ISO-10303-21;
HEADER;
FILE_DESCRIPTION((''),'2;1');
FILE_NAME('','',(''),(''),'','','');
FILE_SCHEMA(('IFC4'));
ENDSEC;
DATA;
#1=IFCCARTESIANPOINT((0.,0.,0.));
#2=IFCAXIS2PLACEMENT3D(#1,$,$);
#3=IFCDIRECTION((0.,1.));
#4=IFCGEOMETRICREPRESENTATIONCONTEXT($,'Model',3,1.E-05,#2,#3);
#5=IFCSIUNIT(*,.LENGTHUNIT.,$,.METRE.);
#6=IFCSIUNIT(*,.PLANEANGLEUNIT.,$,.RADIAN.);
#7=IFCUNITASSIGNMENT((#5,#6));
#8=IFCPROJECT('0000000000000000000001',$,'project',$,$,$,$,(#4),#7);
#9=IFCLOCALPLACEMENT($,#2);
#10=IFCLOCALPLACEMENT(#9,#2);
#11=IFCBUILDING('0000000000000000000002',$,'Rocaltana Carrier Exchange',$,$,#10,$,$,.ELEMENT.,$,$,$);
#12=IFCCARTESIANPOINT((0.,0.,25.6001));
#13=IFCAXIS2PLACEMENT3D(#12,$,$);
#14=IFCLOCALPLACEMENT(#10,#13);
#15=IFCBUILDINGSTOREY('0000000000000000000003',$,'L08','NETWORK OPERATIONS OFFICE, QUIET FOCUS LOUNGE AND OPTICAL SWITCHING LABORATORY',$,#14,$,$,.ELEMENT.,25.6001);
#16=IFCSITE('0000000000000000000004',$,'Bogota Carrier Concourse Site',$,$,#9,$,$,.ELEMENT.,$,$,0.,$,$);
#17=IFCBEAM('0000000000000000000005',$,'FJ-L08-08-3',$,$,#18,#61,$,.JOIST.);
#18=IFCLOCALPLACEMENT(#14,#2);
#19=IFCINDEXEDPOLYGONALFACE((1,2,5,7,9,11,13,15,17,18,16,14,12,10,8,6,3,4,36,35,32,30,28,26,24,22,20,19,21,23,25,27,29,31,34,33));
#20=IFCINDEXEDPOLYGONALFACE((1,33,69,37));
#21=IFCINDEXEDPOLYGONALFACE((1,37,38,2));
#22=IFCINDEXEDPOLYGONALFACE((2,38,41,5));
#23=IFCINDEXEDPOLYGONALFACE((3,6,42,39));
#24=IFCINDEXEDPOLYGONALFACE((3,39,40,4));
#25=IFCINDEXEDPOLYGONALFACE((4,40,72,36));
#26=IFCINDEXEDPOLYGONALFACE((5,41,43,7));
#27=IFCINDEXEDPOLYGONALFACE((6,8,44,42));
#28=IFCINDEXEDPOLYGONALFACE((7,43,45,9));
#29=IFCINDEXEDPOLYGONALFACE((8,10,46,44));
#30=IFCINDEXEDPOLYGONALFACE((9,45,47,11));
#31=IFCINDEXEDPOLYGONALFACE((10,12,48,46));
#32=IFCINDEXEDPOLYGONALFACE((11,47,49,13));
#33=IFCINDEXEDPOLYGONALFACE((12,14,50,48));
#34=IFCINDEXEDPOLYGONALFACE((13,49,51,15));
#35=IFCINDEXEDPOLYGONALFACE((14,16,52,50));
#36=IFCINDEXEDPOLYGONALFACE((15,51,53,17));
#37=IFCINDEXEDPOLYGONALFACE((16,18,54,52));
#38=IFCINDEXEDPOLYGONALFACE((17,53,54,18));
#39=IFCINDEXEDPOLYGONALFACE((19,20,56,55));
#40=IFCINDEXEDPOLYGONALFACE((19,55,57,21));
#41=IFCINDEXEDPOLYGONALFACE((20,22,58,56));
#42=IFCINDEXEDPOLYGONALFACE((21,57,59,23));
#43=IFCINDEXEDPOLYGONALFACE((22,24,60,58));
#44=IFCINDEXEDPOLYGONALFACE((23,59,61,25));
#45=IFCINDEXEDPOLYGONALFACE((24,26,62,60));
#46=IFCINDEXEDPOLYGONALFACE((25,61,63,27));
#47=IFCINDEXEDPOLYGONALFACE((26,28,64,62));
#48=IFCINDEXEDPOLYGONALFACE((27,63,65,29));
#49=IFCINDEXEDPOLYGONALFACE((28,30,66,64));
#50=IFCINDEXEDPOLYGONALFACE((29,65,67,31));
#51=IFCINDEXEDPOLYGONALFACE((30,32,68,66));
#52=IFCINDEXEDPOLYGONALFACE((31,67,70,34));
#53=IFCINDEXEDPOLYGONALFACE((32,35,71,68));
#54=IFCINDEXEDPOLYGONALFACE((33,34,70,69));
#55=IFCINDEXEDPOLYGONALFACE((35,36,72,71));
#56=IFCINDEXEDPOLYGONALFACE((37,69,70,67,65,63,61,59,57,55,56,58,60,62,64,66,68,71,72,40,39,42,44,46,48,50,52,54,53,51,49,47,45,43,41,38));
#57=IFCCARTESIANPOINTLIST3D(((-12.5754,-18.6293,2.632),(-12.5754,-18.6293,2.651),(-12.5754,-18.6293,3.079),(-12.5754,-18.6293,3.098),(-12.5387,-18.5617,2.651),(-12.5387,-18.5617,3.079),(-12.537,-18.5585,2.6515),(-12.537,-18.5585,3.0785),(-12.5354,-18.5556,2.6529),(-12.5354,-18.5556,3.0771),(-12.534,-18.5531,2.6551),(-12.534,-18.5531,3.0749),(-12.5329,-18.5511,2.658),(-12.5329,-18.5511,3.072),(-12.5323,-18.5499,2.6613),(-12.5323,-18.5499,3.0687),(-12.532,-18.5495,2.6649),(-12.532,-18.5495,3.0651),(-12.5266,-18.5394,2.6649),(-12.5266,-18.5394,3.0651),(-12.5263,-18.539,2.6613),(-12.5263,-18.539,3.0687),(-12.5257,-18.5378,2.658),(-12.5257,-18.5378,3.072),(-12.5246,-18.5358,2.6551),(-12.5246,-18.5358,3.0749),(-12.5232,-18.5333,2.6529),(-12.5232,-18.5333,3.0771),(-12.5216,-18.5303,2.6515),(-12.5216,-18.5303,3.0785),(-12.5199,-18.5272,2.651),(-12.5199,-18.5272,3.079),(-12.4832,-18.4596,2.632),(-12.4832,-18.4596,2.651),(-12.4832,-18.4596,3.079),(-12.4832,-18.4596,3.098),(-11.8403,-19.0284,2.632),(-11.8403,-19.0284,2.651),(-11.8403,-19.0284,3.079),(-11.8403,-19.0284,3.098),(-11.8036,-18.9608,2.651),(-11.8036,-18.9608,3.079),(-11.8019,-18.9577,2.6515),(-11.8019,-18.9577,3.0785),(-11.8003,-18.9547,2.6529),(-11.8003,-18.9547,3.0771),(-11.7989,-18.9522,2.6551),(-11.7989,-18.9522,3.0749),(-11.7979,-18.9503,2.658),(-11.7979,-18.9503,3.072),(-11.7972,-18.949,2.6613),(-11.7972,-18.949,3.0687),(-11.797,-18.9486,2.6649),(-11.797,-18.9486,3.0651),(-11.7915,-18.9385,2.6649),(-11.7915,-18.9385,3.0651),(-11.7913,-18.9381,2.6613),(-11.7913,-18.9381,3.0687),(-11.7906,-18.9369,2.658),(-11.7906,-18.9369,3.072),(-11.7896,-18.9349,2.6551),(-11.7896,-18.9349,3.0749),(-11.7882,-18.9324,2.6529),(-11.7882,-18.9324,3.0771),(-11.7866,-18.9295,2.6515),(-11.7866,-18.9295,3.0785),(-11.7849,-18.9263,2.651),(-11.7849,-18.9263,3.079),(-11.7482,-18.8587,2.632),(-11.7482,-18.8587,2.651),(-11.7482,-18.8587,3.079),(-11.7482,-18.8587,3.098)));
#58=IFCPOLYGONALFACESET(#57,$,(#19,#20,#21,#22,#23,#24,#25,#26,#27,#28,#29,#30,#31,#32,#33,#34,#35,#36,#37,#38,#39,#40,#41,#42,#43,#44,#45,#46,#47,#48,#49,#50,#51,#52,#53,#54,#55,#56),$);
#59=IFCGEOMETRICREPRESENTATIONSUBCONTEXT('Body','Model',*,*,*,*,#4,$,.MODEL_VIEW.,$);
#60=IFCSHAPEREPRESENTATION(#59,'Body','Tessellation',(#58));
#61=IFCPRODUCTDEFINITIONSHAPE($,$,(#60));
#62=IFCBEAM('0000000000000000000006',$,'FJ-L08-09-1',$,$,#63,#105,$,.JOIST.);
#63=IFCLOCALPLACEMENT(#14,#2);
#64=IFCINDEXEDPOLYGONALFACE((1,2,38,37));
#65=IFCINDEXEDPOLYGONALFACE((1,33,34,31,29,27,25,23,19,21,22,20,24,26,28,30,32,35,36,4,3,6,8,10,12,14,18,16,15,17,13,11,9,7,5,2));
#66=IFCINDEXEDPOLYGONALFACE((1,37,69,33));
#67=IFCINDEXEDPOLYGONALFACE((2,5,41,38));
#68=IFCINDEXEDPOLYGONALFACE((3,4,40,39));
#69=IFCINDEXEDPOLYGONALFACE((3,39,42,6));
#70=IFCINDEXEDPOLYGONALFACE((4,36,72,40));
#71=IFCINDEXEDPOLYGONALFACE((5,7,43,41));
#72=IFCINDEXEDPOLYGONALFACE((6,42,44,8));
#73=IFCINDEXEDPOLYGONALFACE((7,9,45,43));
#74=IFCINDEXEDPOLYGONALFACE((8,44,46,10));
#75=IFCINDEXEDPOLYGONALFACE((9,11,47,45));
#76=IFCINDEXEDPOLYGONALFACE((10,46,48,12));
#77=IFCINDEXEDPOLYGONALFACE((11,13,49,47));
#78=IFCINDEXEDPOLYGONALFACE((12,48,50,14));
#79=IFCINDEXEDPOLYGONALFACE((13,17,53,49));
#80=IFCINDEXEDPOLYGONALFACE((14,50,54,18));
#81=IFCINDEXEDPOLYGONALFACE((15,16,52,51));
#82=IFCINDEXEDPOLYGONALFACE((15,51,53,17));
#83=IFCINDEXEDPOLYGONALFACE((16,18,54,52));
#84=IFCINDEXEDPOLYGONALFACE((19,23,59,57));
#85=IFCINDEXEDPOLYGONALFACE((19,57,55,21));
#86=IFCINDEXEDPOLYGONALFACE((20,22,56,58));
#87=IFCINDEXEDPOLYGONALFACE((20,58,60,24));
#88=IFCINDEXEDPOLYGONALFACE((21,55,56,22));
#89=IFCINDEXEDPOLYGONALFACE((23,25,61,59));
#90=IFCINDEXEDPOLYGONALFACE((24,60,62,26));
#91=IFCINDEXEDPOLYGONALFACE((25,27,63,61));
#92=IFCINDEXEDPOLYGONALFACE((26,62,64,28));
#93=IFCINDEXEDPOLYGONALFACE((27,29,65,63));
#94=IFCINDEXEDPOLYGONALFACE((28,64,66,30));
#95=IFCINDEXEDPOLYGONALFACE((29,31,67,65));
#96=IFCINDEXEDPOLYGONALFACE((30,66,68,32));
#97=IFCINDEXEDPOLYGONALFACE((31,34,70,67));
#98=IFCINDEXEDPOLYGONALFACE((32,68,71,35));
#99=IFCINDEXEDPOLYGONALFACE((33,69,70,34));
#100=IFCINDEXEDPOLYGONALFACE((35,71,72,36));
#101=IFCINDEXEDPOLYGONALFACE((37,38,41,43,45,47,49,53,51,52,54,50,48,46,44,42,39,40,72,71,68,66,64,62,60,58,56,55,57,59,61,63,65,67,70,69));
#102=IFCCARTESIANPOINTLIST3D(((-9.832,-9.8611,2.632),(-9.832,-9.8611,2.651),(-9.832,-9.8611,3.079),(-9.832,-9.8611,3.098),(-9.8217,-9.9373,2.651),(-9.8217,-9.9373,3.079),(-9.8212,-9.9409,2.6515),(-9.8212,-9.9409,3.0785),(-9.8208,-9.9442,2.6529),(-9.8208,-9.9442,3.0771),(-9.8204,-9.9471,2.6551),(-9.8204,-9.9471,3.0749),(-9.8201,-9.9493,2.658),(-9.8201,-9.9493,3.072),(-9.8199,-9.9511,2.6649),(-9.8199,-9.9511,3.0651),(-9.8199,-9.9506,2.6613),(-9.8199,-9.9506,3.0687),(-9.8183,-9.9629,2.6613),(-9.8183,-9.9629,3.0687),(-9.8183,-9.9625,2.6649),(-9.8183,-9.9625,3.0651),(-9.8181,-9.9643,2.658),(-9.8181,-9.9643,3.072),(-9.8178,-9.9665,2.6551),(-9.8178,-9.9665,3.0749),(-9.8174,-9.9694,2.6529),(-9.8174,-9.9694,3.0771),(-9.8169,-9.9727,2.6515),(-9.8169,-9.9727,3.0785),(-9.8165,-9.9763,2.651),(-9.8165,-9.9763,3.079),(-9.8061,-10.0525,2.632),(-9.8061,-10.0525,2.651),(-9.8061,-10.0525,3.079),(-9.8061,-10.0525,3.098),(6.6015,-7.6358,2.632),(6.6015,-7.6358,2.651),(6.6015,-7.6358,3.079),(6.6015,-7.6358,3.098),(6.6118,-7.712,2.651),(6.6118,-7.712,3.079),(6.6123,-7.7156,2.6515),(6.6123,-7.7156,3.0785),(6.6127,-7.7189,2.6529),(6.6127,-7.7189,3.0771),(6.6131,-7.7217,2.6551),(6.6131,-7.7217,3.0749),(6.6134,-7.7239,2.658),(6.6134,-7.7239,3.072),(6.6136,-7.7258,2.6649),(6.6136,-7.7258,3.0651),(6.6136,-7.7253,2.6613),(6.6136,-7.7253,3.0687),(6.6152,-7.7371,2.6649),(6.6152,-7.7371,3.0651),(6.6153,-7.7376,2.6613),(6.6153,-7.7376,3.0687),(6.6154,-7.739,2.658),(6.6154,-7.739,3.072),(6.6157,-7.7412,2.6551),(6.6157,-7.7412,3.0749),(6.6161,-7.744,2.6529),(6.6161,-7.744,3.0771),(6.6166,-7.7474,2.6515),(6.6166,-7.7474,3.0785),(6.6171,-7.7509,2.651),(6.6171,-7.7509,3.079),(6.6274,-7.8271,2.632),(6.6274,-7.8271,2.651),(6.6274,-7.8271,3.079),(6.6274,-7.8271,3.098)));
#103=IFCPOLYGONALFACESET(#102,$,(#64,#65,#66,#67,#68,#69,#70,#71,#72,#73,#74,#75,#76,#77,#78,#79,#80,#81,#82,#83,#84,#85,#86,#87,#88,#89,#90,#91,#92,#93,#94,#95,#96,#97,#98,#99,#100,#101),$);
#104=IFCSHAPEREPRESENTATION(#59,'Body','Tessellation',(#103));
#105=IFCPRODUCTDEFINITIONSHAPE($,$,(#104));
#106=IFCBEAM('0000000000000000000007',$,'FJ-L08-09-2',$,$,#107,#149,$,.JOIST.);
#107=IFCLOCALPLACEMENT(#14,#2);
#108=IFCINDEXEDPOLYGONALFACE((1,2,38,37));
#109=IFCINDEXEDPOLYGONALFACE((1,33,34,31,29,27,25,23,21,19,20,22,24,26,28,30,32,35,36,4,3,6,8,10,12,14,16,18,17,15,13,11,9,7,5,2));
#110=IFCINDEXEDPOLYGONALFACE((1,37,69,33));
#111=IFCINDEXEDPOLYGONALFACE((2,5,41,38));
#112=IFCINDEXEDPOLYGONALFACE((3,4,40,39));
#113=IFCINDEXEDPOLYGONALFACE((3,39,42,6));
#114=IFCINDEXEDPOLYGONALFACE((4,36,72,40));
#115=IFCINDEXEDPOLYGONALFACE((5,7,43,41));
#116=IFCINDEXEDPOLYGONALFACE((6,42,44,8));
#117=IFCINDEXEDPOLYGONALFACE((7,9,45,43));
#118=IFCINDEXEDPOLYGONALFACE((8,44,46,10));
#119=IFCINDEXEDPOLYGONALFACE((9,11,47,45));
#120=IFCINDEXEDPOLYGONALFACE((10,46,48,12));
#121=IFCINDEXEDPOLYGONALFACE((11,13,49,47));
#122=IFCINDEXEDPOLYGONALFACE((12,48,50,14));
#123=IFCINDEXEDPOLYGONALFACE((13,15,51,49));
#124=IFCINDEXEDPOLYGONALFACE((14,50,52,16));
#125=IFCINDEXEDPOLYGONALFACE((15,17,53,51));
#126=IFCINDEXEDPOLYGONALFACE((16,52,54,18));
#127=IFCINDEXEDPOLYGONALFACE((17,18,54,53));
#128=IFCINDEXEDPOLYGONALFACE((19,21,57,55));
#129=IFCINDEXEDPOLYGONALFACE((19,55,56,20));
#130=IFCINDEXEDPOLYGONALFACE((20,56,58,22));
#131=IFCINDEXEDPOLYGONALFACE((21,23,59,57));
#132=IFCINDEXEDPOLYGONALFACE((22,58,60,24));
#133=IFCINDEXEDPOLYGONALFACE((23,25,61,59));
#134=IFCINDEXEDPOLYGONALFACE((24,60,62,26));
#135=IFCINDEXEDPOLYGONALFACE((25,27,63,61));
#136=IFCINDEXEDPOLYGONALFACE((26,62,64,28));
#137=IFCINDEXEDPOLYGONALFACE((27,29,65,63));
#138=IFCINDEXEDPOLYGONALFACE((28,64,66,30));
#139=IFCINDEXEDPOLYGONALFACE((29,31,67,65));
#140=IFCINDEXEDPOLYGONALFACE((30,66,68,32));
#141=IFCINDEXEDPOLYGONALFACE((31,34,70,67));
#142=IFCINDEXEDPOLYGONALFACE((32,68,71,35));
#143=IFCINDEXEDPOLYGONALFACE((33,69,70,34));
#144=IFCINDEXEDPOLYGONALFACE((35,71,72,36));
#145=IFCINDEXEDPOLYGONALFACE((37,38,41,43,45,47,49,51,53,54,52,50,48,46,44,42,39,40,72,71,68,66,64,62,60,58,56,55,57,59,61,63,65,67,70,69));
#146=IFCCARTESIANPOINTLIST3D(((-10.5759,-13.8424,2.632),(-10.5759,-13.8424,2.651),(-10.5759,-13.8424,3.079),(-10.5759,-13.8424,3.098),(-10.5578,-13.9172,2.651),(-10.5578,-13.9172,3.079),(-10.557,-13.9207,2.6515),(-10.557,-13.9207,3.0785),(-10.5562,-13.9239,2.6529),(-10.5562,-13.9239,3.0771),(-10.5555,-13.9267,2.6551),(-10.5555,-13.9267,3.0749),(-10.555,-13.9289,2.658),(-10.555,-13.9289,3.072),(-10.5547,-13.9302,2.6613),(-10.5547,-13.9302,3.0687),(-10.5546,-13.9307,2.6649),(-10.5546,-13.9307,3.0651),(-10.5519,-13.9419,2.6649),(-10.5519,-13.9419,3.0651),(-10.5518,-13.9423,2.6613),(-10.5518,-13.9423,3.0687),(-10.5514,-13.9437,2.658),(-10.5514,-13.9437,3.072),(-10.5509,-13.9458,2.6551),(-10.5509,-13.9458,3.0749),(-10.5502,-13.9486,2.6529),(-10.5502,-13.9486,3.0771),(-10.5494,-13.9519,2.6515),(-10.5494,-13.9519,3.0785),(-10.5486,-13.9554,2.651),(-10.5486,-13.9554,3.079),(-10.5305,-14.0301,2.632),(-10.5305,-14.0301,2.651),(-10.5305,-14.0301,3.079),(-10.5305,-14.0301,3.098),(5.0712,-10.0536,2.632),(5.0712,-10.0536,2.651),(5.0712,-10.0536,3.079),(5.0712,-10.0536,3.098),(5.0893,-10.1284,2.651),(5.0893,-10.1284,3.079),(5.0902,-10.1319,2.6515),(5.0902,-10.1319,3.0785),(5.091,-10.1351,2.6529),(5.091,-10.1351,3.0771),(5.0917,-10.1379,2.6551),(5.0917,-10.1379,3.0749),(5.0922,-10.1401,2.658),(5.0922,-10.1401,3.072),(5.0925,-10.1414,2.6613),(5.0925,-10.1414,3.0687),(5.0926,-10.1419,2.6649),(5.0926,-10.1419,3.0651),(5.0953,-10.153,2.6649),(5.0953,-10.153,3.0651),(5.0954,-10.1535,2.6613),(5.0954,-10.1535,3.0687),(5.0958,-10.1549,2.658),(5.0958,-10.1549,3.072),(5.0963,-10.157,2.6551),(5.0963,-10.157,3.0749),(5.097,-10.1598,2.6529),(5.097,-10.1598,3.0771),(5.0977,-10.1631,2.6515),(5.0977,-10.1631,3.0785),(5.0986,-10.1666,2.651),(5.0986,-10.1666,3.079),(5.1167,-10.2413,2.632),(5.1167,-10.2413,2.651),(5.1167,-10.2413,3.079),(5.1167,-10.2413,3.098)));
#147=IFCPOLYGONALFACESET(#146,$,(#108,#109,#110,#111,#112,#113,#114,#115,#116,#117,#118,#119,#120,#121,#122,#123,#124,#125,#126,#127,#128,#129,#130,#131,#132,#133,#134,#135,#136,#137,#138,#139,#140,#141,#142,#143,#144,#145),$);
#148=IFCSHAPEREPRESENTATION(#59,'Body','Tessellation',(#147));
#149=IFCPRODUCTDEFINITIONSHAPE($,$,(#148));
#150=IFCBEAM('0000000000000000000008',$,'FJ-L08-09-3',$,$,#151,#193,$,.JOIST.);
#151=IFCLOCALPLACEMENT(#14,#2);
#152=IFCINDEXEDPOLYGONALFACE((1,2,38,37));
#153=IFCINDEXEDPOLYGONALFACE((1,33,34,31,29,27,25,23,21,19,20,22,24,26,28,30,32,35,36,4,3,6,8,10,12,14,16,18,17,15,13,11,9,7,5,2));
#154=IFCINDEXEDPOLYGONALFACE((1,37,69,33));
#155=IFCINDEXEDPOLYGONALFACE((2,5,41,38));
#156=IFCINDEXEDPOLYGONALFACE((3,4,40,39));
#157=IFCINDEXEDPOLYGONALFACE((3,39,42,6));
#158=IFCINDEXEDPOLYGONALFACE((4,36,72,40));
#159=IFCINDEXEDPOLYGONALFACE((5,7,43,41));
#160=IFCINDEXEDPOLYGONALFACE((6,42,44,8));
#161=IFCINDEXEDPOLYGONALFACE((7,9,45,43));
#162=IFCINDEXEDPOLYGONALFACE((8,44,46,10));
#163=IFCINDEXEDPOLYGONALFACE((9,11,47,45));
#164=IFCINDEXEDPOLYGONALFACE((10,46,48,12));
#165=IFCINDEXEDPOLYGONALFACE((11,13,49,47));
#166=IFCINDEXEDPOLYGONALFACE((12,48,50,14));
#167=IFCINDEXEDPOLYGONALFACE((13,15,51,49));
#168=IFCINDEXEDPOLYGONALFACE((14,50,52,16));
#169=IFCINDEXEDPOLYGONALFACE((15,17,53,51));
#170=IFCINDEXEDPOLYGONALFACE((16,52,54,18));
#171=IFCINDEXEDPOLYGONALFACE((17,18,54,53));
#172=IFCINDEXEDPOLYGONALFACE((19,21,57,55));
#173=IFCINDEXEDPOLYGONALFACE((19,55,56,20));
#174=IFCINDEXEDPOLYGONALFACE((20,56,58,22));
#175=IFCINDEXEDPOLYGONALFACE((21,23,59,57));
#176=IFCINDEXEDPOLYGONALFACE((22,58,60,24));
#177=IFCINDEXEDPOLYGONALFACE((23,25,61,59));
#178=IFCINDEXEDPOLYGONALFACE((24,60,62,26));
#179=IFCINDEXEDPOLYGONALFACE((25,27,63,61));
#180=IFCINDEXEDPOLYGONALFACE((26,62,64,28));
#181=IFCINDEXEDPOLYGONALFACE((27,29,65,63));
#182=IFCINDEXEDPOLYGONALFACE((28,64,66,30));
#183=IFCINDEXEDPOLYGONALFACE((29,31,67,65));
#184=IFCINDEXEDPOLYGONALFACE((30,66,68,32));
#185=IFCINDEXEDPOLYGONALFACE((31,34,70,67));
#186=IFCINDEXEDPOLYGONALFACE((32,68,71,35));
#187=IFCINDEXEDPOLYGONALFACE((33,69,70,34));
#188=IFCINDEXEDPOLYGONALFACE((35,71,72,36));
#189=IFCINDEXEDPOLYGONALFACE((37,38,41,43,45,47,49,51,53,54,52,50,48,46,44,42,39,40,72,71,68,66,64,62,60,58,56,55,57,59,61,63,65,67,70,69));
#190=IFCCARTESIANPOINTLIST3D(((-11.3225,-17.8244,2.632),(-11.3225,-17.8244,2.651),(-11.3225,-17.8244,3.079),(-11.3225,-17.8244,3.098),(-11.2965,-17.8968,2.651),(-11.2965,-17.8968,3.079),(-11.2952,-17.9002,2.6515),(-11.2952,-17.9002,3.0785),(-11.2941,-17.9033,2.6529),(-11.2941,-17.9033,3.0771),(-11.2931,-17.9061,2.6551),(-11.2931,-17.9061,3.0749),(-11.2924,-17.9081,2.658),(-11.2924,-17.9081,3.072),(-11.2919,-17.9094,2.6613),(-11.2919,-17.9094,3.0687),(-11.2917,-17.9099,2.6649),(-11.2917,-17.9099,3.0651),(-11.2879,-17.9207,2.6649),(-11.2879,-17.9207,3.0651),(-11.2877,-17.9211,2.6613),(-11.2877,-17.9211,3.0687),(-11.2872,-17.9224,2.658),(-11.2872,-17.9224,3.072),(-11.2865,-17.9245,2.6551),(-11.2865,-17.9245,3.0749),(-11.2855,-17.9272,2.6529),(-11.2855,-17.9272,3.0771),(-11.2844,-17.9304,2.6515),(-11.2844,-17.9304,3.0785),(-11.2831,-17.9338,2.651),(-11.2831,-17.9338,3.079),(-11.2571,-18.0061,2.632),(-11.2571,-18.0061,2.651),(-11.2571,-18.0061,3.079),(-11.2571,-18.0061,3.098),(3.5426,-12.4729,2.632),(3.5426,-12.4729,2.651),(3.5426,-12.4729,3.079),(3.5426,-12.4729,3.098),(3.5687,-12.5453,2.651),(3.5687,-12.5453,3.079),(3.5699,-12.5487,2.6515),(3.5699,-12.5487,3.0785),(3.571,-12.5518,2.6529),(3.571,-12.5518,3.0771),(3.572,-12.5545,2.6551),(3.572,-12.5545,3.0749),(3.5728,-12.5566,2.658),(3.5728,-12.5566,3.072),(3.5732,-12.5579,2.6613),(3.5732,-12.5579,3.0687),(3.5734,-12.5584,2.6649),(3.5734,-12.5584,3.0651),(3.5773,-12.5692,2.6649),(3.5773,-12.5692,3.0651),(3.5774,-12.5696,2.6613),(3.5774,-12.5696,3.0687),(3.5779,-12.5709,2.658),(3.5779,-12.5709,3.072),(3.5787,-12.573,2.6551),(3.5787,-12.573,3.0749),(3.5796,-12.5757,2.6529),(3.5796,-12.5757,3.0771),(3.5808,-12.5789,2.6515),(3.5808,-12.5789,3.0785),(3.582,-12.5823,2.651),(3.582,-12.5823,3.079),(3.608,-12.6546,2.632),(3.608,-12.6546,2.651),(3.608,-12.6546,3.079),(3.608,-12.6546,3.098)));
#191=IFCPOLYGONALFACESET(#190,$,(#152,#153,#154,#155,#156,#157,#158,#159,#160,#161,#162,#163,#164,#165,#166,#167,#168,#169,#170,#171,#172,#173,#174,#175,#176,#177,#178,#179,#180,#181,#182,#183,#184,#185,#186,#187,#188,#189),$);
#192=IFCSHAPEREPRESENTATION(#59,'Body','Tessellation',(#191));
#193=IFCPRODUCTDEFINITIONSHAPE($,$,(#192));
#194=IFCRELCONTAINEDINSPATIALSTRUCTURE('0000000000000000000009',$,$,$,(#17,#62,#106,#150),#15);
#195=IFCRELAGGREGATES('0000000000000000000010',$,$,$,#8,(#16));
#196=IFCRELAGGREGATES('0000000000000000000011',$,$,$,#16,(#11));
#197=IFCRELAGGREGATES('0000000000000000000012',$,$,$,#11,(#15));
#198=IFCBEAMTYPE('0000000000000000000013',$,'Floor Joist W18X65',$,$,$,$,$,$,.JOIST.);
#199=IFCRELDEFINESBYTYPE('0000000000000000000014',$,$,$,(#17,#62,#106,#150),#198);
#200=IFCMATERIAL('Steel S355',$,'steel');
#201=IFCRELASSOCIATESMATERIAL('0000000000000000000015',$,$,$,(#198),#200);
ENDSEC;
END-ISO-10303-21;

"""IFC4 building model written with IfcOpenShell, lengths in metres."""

from ifc_helpers import new_model, si_unit, direction, frame, origin, origin_2d, place, context, subcontext, project, spatial, i_section, extrude, material, material_profile, profile_set, type_object, element, save


model = new_model("IFC4")

# Units and contexts
model_context = context("Model", 3, precision=1e-05, world=origin(), true_north=direction((0.0, 1.0)))
body_context = subcontext(model_context, "Body", "Model", "MODEL_VIEW")
ifc_project = project(units=[si_unit("LENGTHUNIT", "METRE"), si_unit("PLANEANGLEUNIT", "RADIAN")], contexts=[model_context])

# Site, building, storey
site_placement = place(None, origin())
site = spatial("IfcSite", under=ifc_project, at=site_placement, Name="Bogota Carrier Concourse Site", CompositionType="ELEMENT", RefElevation=0.0)
building_placement = place(site_placement, origin())
building = spatial("IfcBuilding", under=site, at=building_placement, Name="Rocaltana Carrier Exchange", CompositionType="ELEMENT")
storey_placement = place(building_placement, frame((0.0, 0.0, 25.6001)))
storey = spatial("IfcBuildingStorey", under=building, at=storey_placement, Name="L08", Description="NETWORK OPERATIONS OFFICE, QUIET FOCUS LOUNGE AND OPTICAL SWITCHING LABORATORY", CompositionType="ELEMENT", Elevation=25.6001)

# Beams
ifc_material_1 = material(Name="Steel S355", Category="steel")
ifc_material_profile_1 = material_profile(ifc_material_1, i_section(OverallWidth=0.1931, OverallDepth=0.4661, WebThickness=0.0115, FlangeThickness=0.019, FilletRadius=0.0139, at=origin_2d()), Name="W18X65")
ifc_profile_set_1 = profile_set([ifc_material_profile_1], Name="Steel S355")
beam_type_1 = type_object("IfcBeamType", Name="Floor Joist W18X65", PredefinedType="JOIST", material=ifc_profile_set_1)
beam_1_placement = place(storey_placement, frame((-12.5293, -18.5444, 2.865), z_axis=(0.878797, -0.477195, 0.0), x_axis=(0.477195, 0.878797, 0.0)))
element("IfcBeam", 1, at=beam_1_placement, inside=storey, type_object=beam_type_1, Name="FJ-L08-08-3", PredefinedType="JOIST", context=body_context, shape_type="SweptSolid", body=[
    extrude(i_section(OverallWidth=0.1931, OverallDepth=0.4661, WebThickness=0.0115, FlangeThickness=0.019, FilletRadius=0.0139, at=origin_2d()), origin(), (0.0, 0.0, 1.0), 0.8364),
])
beam_2_placement = place(storey_placement, frame((-9.8191, -9.9568, 2.865), z_axis=(0.990956, 0.134189, 0.0), x_axis=(-0.134189, 0.990956, 0.0)))
element("IfcBeam", 2, at=beam_2_placement, inside=storey, type_object=beam_type_1, Name="FJ-L08-09-1", PredefinedType="JOIST", context=body_context, shape_type="SweptSolid", body=[
    extrude(i_section(OverallWidth=0.1931, OverallDepth=0.4661, WebThickness=0.0115, FlangeThickness=0.019, FilletRadius=0.0139, at=origin_2d()), origin(), (0.0, 0.0, 1.0), 16.5835),
])
beam_3_placement = place(storey_placement, frame((-10.5532, -13.9363, 2.865), z_axis=(0.971913, 0.235339, 0.0), x_axis=(-0.235339, 0.971913, 0.0)))
element("IfcBeam", 3, at=beam_3_placement, inside=storey, type_object=beam_type_1, Name="FJ-L08-09-2", PredefinedType="JOIST", context=body_context, shape_type="SweptSolid", body=[
    extrude(i_section(OverallWidth=0.1931, OverallDepth=0.4661, WebThickness=0.0115, FlangeThickness=0.019, FilletRadius=0.0139, at=origin_2d()), origin(), (0.0, 0.0, 1.0), 16.0994),
])
beam_4_placement = place(storey_placement, frame((-11.2898, -17.9153, 2.865), z_axis=(0.940886, 0.338724, 0.0), x_axis=(-0.338724, 0.940886, 0.0)))
element("IfcBeam", 4, at=beam_4_placement, inside=storey, type_object=beam_type_1, Name="FJ-L08-09-3", PredefinedType="JOIST", context=body_context, shape_type="SweptSolid", body=[
    extrude(i_section(OverallWidth=0.1931, OverallDepth=0.4661, WebThickness=0.0115, FlangeThickness=0.019, FilletRadius=0.0139, at=origin_2d()), origin(), (0.0, 0.0, 1.0), 15.7991),
])

save(model, "model.ifc")
